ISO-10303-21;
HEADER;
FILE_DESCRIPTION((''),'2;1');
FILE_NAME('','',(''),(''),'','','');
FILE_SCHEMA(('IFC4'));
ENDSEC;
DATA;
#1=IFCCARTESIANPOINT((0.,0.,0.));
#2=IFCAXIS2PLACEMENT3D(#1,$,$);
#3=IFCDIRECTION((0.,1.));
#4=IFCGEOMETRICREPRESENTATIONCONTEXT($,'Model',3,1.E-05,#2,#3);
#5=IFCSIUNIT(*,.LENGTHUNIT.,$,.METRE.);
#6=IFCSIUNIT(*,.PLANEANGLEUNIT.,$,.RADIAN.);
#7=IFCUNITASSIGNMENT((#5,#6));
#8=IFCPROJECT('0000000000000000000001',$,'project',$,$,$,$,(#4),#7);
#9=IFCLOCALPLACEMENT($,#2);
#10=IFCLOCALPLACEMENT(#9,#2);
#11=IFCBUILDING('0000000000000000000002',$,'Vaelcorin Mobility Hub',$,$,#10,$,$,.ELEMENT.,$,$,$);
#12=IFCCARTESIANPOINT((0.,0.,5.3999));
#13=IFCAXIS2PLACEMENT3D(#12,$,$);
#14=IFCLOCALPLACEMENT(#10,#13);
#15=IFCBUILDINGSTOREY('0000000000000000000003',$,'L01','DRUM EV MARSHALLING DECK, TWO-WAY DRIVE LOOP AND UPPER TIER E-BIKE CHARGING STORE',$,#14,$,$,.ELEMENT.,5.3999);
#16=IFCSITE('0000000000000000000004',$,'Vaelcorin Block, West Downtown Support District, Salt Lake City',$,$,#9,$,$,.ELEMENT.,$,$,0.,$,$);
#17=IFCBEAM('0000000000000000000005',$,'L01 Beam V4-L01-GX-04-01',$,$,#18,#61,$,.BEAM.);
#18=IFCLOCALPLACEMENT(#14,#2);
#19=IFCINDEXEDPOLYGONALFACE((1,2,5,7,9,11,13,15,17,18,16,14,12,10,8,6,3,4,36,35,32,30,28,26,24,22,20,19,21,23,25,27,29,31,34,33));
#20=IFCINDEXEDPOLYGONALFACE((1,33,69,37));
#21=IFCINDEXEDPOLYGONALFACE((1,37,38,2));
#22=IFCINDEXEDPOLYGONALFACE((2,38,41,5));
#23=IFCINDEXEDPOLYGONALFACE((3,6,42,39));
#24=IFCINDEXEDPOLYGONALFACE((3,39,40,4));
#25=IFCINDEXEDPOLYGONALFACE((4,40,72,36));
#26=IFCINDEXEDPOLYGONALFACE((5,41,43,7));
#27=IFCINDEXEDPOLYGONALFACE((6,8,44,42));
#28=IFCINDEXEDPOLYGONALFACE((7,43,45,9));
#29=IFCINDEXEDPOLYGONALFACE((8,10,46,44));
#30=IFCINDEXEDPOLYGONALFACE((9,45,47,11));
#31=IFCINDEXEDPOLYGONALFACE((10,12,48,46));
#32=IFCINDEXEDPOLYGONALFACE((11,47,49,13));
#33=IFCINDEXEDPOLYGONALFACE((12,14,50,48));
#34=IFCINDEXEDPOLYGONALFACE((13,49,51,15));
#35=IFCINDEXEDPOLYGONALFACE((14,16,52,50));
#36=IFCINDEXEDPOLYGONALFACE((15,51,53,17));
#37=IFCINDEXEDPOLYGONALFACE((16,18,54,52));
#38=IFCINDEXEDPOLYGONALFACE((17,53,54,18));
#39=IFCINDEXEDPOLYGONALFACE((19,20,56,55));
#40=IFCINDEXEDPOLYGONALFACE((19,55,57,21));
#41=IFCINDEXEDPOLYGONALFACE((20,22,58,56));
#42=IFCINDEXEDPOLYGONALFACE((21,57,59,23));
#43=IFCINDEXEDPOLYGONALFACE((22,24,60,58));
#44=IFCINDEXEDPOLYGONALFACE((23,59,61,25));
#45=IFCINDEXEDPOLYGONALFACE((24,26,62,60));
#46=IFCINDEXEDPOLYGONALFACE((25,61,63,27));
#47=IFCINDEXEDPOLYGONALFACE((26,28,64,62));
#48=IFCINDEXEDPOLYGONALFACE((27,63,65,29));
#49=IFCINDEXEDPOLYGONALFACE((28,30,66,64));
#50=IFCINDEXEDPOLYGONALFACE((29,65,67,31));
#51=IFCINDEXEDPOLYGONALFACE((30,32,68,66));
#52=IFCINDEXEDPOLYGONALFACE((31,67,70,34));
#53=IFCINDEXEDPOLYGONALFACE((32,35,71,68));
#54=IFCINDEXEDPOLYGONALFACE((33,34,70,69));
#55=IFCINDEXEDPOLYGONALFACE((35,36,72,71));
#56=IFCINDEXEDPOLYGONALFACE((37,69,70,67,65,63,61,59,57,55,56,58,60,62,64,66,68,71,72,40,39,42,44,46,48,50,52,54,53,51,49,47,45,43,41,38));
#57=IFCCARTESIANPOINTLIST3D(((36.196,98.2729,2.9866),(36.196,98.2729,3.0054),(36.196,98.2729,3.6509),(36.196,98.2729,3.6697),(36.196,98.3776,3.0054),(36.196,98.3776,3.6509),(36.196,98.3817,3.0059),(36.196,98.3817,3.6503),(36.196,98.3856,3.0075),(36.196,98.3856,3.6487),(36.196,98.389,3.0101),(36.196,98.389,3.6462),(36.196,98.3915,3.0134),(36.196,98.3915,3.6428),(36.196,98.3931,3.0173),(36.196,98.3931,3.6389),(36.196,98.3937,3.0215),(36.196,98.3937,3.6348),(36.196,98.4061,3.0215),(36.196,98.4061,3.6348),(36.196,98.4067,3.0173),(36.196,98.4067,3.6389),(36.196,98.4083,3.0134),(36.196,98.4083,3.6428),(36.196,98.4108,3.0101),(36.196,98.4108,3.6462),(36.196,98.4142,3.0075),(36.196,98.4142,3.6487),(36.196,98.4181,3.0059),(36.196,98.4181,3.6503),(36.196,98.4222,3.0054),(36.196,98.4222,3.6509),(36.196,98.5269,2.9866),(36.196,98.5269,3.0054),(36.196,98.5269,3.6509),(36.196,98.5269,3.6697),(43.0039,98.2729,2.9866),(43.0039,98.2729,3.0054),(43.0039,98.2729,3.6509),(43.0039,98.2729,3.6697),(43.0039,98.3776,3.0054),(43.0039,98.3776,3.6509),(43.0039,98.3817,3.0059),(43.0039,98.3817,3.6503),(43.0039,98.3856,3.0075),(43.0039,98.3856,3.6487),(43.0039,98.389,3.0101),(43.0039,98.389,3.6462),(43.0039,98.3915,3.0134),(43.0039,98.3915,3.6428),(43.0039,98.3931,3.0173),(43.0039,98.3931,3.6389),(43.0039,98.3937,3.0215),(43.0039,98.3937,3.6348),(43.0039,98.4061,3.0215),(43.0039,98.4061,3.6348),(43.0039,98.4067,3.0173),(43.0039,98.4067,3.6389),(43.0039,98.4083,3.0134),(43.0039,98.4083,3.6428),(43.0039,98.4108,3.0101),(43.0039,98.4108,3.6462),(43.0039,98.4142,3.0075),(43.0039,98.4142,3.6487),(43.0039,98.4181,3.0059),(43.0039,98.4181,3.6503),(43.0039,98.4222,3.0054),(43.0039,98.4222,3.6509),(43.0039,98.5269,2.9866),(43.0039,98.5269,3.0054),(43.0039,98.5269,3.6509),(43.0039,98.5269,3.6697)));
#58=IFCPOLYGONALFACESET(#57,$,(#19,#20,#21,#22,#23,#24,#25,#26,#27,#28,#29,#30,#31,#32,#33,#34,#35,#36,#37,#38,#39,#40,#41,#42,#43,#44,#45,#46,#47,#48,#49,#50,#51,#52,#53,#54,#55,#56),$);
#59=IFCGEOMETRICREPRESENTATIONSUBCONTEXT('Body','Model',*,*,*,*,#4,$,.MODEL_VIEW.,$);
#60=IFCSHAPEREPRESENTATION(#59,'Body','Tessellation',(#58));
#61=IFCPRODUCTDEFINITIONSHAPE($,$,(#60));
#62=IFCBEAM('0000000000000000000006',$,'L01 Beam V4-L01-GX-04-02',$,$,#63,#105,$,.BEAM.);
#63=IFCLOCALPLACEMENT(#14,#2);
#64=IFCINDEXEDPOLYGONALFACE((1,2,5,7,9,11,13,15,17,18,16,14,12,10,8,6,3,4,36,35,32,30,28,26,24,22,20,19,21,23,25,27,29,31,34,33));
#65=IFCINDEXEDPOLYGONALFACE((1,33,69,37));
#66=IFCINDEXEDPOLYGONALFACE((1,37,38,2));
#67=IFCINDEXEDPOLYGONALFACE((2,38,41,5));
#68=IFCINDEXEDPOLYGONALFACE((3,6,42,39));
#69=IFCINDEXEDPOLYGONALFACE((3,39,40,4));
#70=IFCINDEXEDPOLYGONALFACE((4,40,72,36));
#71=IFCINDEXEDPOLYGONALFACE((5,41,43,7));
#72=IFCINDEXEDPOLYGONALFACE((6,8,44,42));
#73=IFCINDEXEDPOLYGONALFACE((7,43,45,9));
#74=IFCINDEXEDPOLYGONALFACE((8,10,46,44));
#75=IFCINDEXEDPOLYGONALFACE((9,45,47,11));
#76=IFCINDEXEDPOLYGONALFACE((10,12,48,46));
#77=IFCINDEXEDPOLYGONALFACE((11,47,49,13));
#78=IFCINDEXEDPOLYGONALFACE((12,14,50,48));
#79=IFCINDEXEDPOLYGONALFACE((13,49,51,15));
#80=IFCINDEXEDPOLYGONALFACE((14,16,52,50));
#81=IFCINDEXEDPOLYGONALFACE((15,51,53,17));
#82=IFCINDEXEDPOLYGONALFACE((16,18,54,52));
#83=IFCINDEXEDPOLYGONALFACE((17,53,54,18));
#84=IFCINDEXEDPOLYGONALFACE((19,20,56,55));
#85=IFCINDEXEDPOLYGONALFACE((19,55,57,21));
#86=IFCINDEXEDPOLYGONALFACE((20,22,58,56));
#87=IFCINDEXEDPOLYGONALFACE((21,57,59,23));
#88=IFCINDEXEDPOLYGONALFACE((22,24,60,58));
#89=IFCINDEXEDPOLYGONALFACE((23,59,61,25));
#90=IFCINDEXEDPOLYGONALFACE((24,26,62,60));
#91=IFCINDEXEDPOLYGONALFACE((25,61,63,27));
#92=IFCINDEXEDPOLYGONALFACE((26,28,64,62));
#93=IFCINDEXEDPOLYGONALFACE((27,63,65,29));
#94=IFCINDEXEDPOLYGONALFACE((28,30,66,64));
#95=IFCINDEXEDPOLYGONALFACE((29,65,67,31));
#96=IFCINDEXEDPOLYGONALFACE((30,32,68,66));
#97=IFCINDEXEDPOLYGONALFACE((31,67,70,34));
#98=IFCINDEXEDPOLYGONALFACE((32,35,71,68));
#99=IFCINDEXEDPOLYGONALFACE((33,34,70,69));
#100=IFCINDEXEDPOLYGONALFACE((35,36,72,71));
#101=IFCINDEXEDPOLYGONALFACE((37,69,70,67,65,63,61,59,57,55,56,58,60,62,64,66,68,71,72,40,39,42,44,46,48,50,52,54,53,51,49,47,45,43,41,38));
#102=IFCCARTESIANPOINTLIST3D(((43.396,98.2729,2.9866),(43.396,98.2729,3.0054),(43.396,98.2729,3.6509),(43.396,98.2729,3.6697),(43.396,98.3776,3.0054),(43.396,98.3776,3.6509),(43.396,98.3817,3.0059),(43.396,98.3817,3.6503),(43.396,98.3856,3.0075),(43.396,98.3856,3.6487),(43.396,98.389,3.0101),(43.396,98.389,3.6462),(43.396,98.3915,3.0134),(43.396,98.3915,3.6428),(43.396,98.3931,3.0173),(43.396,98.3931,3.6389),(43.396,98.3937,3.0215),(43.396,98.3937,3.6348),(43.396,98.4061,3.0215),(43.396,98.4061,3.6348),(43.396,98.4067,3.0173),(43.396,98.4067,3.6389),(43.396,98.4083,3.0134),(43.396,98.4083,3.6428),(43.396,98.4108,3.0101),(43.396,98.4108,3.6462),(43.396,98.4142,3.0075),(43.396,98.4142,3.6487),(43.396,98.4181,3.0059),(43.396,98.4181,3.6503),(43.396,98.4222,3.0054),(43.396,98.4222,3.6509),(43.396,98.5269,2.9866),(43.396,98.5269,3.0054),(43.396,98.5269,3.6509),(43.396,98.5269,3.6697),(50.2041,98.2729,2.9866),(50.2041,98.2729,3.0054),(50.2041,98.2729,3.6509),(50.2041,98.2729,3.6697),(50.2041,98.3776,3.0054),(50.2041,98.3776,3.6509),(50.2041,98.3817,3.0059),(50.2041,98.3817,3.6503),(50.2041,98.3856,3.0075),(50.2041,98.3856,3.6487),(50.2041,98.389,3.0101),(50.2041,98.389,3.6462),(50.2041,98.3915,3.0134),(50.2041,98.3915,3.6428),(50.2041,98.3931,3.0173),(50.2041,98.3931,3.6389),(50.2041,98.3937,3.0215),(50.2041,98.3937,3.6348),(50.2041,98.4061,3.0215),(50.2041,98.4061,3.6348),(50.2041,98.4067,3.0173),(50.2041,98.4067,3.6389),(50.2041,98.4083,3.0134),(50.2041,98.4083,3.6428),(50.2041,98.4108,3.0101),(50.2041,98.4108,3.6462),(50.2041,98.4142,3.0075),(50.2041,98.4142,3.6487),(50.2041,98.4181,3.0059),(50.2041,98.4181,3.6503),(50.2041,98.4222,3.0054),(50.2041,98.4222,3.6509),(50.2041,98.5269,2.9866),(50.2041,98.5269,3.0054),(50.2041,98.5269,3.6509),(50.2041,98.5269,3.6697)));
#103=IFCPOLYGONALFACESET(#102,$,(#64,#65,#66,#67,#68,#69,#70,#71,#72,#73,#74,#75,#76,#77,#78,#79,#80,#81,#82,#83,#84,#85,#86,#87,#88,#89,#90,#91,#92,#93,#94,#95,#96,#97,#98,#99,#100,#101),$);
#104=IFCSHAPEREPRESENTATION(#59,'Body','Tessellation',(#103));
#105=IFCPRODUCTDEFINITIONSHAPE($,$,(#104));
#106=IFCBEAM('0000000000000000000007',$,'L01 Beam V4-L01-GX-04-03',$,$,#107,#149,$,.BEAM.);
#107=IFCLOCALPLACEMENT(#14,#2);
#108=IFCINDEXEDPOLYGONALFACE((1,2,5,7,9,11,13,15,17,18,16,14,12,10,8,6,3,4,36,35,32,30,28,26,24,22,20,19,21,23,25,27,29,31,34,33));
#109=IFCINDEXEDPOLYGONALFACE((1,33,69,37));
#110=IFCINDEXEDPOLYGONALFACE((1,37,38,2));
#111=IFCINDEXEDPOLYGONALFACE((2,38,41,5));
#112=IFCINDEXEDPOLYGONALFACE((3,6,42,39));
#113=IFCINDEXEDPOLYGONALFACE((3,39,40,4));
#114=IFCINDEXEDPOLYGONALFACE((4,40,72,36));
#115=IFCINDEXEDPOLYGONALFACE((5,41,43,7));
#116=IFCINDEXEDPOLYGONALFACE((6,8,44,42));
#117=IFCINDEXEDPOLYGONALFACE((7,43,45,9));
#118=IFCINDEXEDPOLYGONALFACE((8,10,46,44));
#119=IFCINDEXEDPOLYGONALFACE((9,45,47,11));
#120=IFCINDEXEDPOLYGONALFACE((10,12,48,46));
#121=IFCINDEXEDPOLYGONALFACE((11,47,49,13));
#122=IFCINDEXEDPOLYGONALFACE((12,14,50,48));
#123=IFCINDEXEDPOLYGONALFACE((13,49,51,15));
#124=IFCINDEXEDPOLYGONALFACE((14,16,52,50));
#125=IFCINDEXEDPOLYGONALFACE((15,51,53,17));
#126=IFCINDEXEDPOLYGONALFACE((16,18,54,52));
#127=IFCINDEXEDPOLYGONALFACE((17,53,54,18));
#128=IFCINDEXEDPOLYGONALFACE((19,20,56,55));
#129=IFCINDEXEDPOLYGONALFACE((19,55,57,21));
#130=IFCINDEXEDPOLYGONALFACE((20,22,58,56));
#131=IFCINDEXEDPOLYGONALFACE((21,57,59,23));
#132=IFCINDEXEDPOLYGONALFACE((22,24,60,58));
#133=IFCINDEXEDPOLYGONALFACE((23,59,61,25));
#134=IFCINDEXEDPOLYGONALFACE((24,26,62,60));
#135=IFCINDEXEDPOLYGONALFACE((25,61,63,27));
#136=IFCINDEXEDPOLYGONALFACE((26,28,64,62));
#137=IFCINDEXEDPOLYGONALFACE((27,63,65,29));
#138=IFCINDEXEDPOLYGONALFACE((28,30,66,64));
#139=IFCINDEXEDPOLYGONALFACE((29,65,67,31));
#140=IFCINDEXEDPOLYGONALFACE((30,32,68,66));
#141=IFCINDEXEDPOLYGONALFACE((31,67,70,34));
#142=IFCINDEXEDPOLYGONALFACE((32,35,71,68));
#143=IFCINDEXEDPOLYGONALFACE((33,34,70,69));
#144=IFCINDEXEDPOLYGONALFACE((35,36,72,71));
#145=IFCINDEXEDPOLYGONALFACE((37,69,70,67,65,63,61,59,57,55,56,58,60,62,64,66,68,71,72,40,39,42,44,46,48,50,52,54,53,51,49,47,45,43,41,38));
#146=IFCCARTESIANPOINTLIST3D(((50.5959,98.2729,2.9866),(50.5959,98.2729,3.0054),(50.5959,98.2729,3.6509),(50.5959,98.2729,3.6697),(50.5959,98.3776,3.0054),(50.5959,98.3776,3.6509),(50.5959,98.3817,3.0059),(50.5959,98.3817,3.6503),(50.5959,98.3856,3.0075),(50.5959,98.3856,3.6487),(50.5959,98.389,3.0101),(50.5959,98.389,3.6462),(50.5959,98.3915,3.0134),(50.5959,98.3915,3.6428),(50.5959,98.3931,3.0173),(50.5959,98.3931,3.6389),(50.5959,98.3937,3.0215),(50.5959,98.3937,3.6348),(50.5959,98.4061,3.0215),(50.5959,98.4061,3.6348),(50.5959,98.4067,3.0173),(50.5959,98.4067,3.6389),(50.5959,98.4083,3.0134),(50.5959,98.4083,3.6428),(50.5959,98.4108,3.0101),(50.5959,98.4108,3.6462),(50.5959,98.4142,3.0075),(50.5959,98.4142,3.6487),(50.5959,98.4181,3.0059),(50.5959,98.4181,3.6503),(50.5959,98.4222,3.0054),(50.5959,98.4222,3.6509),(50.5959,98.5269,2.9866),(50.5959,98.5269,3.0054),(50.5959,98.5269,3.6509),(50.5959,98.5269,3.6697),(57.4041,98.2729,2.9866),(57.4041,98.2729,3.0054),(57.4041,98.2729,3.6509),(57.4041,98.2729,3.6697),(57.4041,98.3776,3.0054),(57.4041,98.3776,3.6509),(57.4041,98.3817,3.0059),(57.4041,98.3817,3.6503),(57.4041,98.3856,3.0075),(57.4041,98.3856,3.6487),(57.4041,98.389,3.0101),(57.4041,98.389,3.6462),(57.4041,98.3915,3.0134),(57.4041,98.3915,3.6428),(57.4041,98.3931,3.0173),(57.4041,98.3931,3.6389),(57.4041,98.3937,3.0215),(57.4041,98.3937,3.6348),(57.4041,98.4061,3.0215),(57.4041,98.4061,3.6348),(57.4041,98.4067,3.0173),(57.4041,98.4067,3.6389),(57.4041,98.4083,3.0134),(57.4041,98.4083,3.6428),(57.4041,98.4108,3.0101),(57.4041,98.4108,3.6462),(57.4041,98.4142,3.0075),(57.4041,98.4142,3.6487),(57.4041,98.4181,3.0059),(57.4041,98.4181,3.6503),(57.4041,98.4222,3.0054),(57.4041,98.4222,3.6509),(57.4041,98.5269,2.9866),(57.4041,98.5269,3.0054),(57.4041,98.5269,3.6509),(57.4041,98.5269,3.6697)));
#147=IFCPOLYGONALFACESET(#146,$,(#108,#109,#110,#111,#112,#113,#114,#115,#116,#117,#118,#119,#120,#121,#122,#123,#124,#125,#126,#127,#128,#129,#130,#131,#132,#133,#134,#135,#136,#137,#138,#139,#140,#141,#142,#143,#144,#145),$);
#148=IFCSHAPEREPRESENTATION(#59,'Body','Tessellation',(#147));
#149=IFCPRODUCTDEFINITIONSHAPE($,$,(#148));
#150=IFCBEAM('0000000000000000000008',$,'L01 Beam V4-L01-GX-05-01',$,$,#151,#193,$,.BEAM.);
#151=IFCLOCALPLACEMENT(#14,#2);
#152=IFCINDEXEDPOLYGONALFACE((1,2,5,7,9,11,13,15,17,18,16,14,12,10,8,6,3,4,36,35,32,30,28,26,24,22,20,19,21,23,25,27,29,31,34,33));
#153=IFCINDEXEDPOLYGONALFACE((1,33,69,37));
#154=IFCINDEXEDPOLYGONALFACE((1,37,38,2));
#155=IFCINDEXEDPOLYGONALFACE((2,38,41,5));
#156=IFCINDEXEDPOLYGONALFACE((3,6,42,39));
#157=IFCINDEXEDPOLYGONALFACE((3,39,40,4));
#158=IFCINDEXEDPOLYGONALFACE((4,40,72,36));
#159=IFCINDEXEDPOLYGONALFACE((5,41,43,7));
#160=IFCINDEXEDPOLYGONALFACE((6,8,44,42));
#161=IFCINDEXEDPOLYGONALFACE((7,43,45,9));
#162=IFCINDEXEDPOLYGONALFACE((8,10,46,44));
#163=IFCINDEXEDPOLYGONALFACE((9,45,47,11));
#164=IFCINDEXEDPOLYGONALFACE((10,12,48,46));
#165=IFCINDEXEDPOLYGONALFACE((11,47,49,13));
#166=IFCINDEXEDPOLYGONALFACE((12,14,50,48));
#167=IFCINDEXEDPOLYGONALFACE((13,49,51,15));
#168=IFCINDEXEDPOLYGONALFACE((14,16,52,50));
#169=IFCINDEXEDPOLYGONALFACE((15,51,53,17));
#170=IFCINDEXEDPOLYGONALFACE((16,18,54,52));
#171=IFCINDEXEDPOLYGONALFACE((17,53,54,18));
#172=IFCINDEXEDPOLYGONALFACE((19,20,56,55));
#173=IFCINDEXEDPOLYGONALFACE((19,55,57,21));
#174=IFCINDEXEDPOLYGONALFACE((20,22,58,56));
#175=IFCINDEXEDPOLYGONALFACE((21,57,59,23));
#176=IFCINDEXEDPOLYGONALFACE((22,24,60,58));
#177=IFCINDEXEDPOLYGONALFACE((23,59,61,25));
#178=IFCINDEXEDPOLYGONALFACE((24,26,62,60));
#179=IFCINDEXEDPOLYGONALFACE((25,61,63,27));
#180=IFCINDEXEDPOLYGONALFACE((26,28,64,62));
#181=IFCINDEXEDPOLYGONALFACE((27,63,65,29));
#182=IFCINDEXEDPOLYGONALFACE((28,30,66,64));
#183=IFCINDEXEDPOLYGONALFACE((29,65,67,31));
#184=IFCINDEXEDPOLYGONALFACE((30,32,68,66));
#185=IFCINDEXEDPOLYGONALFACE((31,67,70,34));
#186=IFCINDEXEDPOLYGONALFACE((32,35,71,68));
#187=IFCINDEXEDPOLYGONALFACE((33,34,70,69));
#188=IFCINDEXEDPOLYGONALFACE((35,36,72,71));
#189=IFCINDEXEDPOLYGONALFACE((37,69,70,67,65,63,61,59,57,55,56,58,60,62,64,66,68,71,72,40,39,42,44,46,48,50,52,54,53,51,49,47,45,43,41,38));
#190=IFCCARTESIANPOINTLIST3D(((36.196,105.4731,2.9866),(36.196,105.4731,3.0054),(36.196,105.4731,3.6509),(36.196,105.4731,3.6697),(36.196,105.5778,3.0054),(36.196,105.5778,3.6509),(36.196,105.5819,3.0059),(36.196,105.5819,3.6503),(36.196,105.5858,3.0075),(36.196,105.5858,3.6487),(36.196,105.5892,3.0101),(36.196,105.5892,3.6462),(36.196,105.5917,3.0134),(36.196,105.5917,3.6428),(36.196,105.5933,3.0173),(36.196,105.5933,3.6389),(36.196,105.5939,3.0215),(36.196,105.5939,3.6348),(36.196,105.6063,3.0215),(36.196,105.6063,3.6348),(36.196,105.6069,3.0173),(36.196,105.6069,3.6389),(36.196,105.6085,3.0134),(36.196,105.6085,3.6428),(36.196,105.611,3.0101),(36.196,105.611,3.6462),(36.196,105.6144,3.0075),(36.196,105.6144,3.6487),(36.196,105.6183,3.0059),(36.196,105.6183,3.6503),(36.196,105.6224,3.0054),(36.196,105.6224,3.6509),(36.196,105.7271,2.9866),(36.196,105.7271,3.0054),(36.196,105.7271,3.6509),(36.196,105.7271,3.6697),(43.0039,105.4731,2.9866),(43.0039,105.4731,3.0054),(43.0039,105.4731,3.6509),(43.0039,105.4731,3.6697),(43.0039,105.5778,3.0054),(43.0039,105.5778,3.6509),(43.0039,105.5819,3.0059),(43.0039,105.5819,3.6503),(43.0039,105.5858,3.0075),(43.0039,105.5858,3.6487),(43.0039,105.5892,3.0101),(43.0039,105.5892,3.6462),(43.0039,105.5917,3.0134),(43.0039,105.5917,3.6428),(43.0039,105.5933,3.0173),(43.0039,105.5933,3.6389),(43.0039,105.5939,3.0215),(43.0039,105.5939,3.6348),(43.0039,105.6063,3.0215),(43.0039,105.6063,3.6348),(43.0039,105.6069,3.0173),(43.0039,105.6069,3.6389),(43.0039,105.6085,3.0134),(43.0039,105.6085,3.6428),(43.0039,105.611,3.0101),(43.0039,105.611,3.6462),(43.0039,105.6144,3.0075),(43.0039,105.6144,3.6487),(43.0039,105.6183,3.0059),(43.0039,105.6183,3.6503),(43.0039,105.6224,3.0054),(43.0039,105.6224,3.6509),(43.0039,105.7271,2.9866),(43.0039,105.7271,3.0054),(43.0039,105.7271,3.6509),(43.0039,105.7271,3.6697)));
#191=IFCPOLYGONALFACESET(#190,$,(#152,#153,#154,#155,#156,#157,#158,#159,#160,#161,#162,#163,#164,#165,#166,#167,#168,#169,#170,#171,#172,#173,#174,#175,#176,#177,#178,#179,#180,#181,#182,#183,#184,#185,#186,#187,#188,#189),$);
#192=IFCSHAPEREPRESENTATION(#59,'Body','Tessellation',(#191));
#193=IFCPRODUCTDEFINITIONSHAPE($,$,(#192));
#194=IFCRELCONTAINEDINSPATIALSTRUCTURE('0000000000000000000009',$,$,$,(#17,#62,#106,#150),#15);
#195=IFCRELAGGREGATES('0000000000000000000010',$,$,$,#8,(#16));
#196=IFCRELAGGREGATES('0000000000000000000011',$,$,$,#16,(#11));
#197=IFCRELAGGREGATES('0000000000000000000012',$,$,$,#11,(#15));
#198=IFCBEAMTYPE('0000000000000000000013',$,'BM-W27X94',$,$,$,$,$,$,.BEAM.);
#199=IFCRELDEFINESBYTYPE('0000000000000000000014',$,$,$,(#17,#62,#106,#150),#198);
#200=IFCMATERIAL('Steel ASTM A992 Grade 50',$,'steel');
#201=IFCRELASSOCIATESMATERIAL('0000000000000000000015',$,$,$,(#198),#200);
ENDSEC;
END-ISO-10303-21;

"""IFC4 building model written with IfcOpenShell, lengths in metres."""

from ifc_helpers import new_model, si_unit, direction, frame, origin, origin_2d, place, context, subcontext, project, spatial, i_section, extrude, material, material_profile, profile_set, type_object, element, save


model = new_model("IFC4")

# Units and contexts
model_context = context("Model", 3, precision=1e-05, world=origin(), true_north=direction((0.0, 1.0)))
body_context = subcontext(model_context, "Body", "Model", "MODEL_VIEW")
ifc_project = project(units=[si_unit("LENGTHUNIT", "METRE"), si_unit("PLANEANGLEUNIT", "RADIAN")], contexts=[model_context])

# Site, building, storey
site_placement = place(None, origin())
site = spatial("IfcSite", under=ifc_project, at=site_placement, Name="Vaelcorin Block, West Downtown Support District, Salt Lake City", CompositionType="ELEMENT", RefElevation=0.0)
building_placement = place(site_placement, origin())
building = spatial("IfcBuilding", under=site, at=building_placement, Name="Vaelcorin Mobility Hub", CompositionType="ELEMENT")
storey_placement = place(building_placement, frame((0.0, 0.0, 5.3999)))
storey = spatial("IfcBuildingStorey", under=building, at=storey_placement, Name="L01", Description="DRUM EV MARSHALLING DECK, TWO-WAY DRIVE LOOP AND UPPER TIER E-BIKE CHARGING STORE", CompositionType="ELEMENT", Elevation=5.3999)

# Shared definitions
ifc_material_1 = material(Name="Steel ASTM A992 Grade 50", Category="steel")

# Beams
ifc_material_profile_1 = material_profile(ifc_material_1, i_section(OverallWidth=0.2539, OverallDepth=0.6831, WebThickness=0.0125, FlangeThickness=0.0188, FilletRadius=0.0161, at=origin_2d()), Name="W27X94")
ifc_profile_set_1 = profile_set([ifc_material_profile_1], Name="Steel ASTM A992 Grade 50")
beam_type_1 = type_object("IfcBeamType", Name="BM-W27X94", PredefinedType="BEAM", material=ifc_profile_set_1)
beam_1_placement = place(storey_placement, frame((36.196, 98.3999, 3.3281), z_axis=(1.0, 0.0, 0.0), x_axis=(0.0, 1.0, 0.0)))
element("IfcBeam", 1, at=beam_1_placement, inside=storey, type_object=beam_type_1, Name="L01 Beam V4-L01-GX-04-01", PredefinedType="BEAM", context=body_context, shape_type="SweptSolid", body=[
    extrude(i_section(OverallWidth=0.2539, OverallDepth=0.6831, WebThickness=0.0125, FlangeThickness=0.0188, FilletRadius=0.0161, at=origin_2d()), origin(), (0.0, 0.0, 1.0), 6.8079),
])
for number, where, z_axis, x_axis, name in (
    (2, (43.396, 98.3999, 3.3281), (1.0, 0.0, 0.0), (0.0, 1.0, 0.0), "L01 Beam V4-L01-GX-04-02"),
    (3, (50.5959, 98.3999, 3.3281), (1.0, 0.0, 0.0), (0.0, 1.0, 0.0), "L01 Beam V4-L01-GX-04-03"),
):
    element("IfcBeam", number, at=place(storey_placement, frame(where, z_axis=z_axis, x_axis=x_axis)), inside=storey, type_object=beam_type_1, Name=name, PredefinedType="BEAM", context=body_context, shape_type="SweptSolid", body=[
        extrude(i_section(OverallWidth=0.2539, OverallDepth=0.6831, WebThickness=0.0125, FlangeThickness=0.0188, FilletRadius=0.0161, at=origin_2d()), origin(), (0.0, 0.0, 1.0), 6.8081),
    ])
beam_2_placement = place(storey_placement, frame((36.196, 105.6001, 3.3281), z_axis=(1.0, 0.0, 0.0), x_axis=(0.0, 1.0, 0.0)))
element("IfcBeam", 4, at=beam_2_placement, inside=storey, type_object=beam_type_1, Name="L01 Beam V4-L01-GX-05-01", PredefinedType="BEAM", context=body_context, shape_type="SweptSolid", body=[
    extrude(i_section(OverallWidth=0.2539, OverallDepth=0.6831, WebThickness=0.0125, FlangeThickness=0.0188, FilletRadius=0.0161, at=origin_2d()), origin(), (0.0, 0.0, 1.0), 6.8079),
])

save(model, "model.ifc")
